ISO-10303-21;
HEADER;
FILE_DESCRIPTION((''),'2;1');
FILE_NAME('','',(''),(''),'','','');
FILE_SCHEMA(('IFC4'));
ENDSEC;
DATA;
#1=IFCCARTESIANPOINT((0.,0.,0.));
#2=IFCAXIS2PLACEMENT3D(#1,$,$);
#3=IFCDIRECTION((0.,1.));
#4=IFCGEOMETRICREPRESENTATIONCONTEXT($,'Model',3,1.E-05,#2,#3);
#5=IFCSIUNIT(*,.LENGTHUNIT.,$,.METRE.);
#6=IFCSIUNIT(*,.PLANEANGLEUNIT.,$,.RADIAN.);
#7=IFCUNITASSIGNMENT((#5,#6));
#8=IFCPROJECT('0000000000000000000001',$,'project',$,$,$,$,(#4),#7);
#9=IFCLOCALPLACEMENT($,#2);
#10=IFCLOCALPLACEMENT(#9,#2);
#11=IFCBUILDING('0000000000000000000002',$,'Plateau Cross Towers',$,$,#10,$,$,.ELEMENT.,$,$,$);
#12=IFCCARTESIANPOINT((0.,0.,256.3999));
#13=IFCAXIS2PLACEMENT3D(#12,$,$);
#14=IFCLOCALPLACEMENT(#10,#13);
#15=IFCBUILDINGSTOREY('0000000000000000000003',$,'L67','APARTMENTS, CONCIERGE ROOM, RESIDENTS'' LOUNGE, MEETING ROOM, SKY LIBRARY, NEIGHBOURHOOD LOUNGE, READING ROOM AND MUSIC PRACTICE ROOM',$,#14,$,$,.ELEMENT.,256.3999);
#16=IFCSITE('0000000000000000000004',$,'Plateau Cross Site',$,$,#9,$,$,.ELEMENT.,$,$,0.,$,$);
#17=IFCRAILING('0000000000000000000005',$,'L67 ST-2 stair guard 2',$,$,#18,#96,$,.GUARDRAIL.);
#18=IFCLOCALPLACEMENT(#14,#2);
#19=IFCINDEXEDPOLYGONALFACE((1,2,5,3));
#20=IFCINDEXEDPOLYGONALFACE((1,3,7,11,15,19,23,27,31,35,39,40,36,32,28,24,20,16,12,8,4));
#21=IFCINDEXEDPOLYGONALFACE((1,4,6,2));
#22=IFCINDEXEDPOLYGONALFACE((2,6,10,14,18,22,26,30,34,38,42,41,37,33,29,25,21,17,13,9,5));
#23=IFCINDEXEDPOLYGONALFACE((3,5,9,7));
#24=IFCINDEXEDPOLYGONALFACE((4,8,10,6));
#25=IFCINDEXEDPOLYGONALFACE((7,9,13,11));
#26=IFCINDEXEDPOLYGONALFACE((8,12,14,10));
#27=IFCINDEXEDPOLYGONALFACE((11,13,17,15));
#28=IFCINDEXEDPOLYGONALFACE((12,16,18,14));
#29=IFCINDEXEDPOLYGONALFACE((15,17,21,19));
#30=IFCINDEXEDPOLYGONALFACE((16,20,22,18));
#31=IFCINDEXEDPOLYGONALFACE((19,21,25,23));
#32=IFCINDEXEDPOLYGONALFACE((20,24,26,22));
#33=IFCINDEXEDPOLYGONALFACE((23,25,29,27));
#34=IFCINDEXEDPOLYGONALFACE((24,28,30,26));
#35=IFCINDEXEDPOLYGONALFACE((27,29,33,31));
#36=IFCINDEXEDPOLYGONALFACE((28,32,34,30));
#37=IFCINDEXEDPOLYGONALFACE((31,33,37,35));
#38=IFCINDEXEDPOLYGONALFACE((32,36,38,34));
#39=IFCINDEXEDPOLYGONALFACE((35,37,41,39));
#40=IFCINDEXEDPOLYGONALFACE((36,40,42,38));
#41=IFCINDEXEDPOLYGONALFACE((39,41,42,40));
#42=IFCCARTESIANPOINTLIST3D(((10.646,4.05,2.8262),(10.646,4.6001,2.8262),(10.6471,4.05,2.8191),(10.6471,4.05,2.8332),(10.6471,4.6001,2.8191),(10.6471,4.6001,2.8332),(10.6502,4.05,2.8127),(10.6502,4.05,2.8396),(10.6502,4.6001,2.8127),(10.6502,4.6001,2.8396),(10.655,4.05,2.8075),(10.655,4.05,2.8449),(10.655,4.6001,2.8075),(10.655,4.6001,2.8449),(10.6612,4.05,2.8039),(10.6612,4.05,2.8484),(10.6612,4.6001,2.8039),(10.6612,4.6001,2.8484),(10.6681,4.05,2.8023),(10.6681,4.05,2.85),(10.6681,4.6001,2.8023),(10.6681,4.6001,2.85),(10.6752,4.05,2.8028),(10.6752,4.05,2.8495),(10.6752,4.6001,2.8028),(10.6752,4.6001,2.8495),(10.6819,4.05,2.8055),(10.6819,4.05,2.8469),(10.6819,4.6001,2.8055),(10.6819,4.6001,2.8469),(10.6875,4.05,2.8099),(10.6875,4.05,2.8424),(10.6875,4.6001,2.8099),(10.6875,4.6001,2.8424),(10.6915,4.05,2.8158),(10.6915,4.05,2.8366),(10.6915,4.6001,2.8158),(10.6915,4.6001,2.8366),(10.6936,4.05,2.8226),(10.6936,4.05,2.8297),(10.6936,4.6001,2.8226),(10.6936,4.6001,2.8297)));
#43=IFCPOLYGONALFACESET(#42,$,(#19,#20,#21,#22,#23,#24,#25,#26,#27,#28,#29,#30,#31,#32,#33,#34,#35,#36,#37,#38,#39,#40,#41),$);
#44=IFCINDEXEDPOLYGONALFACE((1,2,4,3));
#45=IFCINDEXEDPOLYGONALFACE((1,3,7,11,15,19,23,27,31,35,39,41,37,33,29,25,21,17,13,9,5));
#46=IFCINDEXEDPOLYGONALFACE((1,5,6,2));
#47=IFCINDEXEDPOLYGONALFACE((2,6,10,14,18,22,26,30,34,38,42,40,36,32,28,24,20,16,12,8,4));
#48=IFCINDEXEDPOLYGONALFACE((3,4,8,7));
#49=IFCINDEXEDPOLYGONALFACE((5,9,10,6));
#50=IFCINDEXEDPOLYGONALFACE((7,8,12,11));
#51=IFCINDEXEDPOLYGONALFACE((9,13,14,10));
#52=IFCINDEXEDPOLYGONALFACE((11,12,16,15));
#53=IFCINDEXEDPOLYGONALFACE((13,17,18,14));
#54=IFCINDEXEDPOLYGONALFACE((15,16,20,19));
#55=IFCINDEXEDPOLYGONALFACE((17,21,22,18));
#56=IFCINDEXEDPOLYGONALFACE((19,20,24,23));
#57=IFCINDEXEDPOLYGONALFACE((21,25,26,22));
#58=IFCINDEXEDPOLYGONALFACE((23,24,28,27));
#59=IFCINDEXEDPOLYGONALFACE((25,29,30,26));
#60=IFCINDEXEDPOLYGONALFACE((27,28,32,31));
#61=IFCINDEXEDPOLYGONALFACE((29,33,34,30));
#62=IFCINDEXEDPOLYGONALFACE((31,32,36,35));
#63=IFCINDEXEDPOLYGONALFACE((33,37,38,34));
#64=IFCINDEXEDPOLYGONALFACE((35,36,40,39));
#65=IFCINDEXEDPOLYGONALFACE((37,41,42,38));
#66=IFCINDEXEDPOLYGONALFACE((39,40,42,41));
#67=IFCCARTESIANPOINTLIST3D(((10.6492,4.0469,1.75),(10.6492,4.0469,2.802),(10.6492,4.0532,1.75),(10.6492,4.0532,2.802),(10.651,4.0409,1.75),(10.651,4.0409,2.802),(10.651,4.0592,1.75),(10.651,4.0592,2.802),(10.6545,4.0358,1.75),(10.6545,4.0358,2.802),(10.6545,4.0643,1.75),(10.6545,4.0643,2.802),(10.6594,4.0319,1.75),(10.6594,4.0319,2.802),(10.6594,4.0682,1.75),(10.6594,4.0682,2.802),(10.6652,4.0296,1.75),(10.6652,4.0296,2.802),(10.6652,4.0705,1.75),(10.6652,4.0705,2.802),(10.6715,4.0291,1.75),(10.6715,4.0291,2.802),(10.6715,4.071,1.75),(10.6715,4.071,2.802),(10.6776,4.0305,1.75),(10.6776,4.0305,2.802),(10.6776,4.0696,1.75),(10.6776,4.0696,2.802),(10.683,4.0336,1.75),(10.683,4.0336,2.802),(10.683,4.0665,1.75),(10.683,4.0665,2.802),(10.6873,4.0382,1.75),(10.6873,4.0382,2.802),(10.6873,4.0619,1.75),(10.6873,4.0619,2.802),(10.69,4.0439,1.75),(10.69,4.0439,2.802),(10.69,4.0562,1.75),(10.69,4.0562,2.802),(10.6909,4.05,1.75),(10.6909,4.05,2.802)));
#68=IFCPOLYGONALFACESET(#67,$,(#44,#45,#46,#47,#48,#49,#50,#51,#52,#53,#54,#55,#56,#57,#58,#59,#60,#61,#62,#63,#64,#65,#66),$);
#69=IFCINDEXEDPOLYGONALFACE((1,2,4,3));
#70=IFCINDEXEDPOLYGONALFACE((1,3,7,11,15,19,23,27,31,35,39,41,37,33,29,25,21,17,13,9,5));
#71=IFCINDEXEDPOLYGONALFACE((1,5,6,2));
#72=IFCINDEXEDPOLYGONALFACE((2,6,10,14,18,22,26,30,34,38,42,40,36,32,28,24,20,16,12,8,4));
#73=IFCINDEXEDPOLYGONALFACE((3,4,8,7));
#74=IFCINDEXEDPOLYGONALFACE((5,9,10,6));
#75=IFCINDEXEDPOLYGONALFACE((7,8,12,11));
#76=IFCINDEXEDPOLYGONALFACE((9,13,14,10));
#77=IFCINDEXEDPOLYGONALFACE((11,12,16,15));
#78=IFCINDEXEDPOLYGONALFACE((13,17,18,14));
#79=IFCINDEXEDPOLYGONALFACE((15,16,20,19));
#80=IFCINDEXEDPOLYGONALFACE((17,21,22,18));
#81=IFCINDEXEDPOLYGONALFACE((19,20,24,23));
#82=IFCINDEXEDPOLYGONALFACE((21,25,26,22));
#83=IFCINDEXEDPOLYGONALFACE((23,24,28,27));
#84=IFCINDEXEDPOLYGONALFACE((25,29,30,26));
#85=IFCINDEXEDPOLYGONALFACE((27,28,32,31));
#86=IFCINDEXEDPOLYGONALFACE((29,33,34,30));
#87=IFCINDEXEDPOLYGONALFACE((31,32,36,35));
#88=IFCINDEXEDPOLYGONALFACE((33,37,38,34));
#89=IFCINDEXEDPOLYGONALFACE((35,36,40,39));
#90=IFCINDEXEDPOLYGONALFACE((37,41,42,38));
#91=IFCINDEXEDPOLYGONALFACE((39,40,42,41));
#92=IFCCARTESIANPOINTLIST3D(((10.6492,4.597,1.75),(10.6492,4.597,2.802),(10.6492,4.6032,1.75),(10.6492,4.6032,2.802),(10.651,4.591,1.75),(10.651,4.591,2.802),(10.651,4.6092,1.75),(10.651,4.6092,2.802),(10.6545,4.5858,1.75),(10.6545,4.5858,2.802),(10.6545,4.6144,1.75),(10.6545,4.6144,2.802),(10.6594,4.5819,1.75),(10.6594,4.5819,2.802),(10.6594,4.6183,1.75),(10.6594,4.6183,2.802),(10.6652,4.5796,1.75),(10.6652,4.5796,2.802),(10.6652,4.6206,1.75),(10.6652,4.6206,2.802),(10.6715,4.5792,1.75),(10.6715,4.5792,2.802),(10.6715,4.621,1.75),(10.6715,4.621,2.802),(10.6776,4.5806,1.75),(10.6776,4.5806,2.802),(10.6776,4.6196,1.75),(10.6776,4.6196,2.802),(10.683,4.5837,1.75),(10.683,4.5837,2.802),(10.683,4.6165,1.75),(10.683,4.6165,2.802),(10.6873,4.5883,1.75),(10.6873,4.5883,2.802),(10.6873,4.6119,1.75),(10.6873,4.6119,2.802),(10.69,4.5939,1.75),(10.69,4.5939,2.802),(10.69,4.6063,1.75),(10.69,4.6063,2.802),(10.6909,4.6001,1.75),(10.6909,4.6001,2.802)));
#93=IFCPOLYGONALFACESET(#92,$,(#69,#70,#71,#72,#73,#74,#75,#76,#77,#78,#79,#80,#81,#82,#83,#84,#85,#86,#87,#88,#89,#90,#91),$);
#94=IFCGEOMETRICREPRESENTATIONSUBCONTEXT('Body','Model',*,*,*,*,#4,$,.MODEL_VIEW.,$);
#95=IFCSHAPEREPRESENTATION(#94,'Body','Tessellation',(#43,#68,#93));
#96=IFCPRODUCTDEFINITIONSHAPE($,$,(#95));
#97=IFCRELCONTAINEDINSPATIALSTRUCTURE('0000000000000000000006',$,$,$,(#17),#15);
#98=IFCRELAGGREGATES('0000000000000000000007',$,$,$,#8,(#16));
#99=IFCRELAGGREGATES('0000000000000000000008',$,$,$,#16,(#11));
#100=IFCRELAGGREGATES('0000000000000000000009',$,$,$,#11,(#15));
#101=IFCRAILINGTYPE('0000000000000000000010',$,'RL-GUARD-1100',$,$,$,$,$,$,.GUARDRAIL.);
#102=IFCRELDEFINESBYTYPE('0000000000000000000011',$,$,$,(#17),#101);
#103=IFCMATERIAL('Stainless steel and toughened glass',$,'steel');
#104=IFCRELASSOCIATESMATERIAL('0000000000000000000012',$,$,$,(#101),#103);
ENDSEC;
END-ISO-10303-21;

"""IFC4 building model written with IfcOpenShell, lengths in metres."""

from ifc_helpers import new_model, si_unit, direction, frame, origin, origin_2d, place, context, subcontext, project, spatial, circle, extrude, material, type_object, element, save


model = new_model("IFC4")

# Units and contexts
model_context = context("Model", 3, precision=1e-05, world=origin(), true_north=direction((0.0, 1.0)))
body_context = subcontext(model_context, "Body", "Model", "MODEL_VIEW")
ifc_project = project(units=[si_unit("LENGTHUNIT", "METRE"), si_unit("PLANEANGLEUNIT", "RADIAN")], contexts=[model_context])

# Site, building, storey
site_placement = place(None, origin())
site = spatial("IfcSite", under=ifc_project, at=site_placement, Name="Plateau Cross Site", CompositionType="ELEMENT", RefElevation=0.0)
building_placement = place(site_placement, origin())
building = spatial("IfcBuilding", under=site, at=building_placement, Name="Plateau Cross Towers", CompositionType="ELEMENT")
storey_placement = place(building_placement, frame((0.0, 0.0, 256.3999)))
storey = spatial("IfcBuildingStorey", under=building, at=storey_placement, Name="L67", Description="APARTMENTS, CONCIERGE ROOM, RESIDENTS' LOUNGE, MEETING ROOM, SKY LIBRARY, NEIGHBOURHOOD LOUNGE, READING ROOM AND MUSIC PRACTICE ROOM", CompositionType="ELEMENT", Elevation=256.3999)

# Railing
ifc_material_1 = material(Name="Stainless steel and toughened glass", Category="steel")
railing_type_1 = type_object("IfcRailingType", Name="RL-GUARD-1100", PredefinedType="GUARDRAIL", material=ifc_material_1)
railing_1_placement = place(storey_placement, frame((10.6699, 4.05, 1.75)))
element("IfcRailing", 1, at=railing_1_placement, inside=storey, type_object=railing_type_1, Name="L67 ST-2 stair guard 2", PredefinedType="GUARDRAIL", context=body_context, shape_type="SweptSolid", body=[
    extrude(circle(Radius=0.0239, at=origin_2d()), frame((0.0, 0.0, 1.0762), z_axis=(0.0, 1.0, 0.0), x_axis=(-1.0, 0.0, 0.0)), (0.0, 0.0, 1.0), 0.55),
    extrude(circle(Radius=0.021, at=origin_2d()), origin(), (0.0, 0.0, 1.0), 1.052),
    extrude(circle(Radius=0.021, at=origin_2d()), frame((0.0, 0.55, 0.0)), (0.0, 0.0, 1.0), 1.052),
])

save(model, "model.ifc")
